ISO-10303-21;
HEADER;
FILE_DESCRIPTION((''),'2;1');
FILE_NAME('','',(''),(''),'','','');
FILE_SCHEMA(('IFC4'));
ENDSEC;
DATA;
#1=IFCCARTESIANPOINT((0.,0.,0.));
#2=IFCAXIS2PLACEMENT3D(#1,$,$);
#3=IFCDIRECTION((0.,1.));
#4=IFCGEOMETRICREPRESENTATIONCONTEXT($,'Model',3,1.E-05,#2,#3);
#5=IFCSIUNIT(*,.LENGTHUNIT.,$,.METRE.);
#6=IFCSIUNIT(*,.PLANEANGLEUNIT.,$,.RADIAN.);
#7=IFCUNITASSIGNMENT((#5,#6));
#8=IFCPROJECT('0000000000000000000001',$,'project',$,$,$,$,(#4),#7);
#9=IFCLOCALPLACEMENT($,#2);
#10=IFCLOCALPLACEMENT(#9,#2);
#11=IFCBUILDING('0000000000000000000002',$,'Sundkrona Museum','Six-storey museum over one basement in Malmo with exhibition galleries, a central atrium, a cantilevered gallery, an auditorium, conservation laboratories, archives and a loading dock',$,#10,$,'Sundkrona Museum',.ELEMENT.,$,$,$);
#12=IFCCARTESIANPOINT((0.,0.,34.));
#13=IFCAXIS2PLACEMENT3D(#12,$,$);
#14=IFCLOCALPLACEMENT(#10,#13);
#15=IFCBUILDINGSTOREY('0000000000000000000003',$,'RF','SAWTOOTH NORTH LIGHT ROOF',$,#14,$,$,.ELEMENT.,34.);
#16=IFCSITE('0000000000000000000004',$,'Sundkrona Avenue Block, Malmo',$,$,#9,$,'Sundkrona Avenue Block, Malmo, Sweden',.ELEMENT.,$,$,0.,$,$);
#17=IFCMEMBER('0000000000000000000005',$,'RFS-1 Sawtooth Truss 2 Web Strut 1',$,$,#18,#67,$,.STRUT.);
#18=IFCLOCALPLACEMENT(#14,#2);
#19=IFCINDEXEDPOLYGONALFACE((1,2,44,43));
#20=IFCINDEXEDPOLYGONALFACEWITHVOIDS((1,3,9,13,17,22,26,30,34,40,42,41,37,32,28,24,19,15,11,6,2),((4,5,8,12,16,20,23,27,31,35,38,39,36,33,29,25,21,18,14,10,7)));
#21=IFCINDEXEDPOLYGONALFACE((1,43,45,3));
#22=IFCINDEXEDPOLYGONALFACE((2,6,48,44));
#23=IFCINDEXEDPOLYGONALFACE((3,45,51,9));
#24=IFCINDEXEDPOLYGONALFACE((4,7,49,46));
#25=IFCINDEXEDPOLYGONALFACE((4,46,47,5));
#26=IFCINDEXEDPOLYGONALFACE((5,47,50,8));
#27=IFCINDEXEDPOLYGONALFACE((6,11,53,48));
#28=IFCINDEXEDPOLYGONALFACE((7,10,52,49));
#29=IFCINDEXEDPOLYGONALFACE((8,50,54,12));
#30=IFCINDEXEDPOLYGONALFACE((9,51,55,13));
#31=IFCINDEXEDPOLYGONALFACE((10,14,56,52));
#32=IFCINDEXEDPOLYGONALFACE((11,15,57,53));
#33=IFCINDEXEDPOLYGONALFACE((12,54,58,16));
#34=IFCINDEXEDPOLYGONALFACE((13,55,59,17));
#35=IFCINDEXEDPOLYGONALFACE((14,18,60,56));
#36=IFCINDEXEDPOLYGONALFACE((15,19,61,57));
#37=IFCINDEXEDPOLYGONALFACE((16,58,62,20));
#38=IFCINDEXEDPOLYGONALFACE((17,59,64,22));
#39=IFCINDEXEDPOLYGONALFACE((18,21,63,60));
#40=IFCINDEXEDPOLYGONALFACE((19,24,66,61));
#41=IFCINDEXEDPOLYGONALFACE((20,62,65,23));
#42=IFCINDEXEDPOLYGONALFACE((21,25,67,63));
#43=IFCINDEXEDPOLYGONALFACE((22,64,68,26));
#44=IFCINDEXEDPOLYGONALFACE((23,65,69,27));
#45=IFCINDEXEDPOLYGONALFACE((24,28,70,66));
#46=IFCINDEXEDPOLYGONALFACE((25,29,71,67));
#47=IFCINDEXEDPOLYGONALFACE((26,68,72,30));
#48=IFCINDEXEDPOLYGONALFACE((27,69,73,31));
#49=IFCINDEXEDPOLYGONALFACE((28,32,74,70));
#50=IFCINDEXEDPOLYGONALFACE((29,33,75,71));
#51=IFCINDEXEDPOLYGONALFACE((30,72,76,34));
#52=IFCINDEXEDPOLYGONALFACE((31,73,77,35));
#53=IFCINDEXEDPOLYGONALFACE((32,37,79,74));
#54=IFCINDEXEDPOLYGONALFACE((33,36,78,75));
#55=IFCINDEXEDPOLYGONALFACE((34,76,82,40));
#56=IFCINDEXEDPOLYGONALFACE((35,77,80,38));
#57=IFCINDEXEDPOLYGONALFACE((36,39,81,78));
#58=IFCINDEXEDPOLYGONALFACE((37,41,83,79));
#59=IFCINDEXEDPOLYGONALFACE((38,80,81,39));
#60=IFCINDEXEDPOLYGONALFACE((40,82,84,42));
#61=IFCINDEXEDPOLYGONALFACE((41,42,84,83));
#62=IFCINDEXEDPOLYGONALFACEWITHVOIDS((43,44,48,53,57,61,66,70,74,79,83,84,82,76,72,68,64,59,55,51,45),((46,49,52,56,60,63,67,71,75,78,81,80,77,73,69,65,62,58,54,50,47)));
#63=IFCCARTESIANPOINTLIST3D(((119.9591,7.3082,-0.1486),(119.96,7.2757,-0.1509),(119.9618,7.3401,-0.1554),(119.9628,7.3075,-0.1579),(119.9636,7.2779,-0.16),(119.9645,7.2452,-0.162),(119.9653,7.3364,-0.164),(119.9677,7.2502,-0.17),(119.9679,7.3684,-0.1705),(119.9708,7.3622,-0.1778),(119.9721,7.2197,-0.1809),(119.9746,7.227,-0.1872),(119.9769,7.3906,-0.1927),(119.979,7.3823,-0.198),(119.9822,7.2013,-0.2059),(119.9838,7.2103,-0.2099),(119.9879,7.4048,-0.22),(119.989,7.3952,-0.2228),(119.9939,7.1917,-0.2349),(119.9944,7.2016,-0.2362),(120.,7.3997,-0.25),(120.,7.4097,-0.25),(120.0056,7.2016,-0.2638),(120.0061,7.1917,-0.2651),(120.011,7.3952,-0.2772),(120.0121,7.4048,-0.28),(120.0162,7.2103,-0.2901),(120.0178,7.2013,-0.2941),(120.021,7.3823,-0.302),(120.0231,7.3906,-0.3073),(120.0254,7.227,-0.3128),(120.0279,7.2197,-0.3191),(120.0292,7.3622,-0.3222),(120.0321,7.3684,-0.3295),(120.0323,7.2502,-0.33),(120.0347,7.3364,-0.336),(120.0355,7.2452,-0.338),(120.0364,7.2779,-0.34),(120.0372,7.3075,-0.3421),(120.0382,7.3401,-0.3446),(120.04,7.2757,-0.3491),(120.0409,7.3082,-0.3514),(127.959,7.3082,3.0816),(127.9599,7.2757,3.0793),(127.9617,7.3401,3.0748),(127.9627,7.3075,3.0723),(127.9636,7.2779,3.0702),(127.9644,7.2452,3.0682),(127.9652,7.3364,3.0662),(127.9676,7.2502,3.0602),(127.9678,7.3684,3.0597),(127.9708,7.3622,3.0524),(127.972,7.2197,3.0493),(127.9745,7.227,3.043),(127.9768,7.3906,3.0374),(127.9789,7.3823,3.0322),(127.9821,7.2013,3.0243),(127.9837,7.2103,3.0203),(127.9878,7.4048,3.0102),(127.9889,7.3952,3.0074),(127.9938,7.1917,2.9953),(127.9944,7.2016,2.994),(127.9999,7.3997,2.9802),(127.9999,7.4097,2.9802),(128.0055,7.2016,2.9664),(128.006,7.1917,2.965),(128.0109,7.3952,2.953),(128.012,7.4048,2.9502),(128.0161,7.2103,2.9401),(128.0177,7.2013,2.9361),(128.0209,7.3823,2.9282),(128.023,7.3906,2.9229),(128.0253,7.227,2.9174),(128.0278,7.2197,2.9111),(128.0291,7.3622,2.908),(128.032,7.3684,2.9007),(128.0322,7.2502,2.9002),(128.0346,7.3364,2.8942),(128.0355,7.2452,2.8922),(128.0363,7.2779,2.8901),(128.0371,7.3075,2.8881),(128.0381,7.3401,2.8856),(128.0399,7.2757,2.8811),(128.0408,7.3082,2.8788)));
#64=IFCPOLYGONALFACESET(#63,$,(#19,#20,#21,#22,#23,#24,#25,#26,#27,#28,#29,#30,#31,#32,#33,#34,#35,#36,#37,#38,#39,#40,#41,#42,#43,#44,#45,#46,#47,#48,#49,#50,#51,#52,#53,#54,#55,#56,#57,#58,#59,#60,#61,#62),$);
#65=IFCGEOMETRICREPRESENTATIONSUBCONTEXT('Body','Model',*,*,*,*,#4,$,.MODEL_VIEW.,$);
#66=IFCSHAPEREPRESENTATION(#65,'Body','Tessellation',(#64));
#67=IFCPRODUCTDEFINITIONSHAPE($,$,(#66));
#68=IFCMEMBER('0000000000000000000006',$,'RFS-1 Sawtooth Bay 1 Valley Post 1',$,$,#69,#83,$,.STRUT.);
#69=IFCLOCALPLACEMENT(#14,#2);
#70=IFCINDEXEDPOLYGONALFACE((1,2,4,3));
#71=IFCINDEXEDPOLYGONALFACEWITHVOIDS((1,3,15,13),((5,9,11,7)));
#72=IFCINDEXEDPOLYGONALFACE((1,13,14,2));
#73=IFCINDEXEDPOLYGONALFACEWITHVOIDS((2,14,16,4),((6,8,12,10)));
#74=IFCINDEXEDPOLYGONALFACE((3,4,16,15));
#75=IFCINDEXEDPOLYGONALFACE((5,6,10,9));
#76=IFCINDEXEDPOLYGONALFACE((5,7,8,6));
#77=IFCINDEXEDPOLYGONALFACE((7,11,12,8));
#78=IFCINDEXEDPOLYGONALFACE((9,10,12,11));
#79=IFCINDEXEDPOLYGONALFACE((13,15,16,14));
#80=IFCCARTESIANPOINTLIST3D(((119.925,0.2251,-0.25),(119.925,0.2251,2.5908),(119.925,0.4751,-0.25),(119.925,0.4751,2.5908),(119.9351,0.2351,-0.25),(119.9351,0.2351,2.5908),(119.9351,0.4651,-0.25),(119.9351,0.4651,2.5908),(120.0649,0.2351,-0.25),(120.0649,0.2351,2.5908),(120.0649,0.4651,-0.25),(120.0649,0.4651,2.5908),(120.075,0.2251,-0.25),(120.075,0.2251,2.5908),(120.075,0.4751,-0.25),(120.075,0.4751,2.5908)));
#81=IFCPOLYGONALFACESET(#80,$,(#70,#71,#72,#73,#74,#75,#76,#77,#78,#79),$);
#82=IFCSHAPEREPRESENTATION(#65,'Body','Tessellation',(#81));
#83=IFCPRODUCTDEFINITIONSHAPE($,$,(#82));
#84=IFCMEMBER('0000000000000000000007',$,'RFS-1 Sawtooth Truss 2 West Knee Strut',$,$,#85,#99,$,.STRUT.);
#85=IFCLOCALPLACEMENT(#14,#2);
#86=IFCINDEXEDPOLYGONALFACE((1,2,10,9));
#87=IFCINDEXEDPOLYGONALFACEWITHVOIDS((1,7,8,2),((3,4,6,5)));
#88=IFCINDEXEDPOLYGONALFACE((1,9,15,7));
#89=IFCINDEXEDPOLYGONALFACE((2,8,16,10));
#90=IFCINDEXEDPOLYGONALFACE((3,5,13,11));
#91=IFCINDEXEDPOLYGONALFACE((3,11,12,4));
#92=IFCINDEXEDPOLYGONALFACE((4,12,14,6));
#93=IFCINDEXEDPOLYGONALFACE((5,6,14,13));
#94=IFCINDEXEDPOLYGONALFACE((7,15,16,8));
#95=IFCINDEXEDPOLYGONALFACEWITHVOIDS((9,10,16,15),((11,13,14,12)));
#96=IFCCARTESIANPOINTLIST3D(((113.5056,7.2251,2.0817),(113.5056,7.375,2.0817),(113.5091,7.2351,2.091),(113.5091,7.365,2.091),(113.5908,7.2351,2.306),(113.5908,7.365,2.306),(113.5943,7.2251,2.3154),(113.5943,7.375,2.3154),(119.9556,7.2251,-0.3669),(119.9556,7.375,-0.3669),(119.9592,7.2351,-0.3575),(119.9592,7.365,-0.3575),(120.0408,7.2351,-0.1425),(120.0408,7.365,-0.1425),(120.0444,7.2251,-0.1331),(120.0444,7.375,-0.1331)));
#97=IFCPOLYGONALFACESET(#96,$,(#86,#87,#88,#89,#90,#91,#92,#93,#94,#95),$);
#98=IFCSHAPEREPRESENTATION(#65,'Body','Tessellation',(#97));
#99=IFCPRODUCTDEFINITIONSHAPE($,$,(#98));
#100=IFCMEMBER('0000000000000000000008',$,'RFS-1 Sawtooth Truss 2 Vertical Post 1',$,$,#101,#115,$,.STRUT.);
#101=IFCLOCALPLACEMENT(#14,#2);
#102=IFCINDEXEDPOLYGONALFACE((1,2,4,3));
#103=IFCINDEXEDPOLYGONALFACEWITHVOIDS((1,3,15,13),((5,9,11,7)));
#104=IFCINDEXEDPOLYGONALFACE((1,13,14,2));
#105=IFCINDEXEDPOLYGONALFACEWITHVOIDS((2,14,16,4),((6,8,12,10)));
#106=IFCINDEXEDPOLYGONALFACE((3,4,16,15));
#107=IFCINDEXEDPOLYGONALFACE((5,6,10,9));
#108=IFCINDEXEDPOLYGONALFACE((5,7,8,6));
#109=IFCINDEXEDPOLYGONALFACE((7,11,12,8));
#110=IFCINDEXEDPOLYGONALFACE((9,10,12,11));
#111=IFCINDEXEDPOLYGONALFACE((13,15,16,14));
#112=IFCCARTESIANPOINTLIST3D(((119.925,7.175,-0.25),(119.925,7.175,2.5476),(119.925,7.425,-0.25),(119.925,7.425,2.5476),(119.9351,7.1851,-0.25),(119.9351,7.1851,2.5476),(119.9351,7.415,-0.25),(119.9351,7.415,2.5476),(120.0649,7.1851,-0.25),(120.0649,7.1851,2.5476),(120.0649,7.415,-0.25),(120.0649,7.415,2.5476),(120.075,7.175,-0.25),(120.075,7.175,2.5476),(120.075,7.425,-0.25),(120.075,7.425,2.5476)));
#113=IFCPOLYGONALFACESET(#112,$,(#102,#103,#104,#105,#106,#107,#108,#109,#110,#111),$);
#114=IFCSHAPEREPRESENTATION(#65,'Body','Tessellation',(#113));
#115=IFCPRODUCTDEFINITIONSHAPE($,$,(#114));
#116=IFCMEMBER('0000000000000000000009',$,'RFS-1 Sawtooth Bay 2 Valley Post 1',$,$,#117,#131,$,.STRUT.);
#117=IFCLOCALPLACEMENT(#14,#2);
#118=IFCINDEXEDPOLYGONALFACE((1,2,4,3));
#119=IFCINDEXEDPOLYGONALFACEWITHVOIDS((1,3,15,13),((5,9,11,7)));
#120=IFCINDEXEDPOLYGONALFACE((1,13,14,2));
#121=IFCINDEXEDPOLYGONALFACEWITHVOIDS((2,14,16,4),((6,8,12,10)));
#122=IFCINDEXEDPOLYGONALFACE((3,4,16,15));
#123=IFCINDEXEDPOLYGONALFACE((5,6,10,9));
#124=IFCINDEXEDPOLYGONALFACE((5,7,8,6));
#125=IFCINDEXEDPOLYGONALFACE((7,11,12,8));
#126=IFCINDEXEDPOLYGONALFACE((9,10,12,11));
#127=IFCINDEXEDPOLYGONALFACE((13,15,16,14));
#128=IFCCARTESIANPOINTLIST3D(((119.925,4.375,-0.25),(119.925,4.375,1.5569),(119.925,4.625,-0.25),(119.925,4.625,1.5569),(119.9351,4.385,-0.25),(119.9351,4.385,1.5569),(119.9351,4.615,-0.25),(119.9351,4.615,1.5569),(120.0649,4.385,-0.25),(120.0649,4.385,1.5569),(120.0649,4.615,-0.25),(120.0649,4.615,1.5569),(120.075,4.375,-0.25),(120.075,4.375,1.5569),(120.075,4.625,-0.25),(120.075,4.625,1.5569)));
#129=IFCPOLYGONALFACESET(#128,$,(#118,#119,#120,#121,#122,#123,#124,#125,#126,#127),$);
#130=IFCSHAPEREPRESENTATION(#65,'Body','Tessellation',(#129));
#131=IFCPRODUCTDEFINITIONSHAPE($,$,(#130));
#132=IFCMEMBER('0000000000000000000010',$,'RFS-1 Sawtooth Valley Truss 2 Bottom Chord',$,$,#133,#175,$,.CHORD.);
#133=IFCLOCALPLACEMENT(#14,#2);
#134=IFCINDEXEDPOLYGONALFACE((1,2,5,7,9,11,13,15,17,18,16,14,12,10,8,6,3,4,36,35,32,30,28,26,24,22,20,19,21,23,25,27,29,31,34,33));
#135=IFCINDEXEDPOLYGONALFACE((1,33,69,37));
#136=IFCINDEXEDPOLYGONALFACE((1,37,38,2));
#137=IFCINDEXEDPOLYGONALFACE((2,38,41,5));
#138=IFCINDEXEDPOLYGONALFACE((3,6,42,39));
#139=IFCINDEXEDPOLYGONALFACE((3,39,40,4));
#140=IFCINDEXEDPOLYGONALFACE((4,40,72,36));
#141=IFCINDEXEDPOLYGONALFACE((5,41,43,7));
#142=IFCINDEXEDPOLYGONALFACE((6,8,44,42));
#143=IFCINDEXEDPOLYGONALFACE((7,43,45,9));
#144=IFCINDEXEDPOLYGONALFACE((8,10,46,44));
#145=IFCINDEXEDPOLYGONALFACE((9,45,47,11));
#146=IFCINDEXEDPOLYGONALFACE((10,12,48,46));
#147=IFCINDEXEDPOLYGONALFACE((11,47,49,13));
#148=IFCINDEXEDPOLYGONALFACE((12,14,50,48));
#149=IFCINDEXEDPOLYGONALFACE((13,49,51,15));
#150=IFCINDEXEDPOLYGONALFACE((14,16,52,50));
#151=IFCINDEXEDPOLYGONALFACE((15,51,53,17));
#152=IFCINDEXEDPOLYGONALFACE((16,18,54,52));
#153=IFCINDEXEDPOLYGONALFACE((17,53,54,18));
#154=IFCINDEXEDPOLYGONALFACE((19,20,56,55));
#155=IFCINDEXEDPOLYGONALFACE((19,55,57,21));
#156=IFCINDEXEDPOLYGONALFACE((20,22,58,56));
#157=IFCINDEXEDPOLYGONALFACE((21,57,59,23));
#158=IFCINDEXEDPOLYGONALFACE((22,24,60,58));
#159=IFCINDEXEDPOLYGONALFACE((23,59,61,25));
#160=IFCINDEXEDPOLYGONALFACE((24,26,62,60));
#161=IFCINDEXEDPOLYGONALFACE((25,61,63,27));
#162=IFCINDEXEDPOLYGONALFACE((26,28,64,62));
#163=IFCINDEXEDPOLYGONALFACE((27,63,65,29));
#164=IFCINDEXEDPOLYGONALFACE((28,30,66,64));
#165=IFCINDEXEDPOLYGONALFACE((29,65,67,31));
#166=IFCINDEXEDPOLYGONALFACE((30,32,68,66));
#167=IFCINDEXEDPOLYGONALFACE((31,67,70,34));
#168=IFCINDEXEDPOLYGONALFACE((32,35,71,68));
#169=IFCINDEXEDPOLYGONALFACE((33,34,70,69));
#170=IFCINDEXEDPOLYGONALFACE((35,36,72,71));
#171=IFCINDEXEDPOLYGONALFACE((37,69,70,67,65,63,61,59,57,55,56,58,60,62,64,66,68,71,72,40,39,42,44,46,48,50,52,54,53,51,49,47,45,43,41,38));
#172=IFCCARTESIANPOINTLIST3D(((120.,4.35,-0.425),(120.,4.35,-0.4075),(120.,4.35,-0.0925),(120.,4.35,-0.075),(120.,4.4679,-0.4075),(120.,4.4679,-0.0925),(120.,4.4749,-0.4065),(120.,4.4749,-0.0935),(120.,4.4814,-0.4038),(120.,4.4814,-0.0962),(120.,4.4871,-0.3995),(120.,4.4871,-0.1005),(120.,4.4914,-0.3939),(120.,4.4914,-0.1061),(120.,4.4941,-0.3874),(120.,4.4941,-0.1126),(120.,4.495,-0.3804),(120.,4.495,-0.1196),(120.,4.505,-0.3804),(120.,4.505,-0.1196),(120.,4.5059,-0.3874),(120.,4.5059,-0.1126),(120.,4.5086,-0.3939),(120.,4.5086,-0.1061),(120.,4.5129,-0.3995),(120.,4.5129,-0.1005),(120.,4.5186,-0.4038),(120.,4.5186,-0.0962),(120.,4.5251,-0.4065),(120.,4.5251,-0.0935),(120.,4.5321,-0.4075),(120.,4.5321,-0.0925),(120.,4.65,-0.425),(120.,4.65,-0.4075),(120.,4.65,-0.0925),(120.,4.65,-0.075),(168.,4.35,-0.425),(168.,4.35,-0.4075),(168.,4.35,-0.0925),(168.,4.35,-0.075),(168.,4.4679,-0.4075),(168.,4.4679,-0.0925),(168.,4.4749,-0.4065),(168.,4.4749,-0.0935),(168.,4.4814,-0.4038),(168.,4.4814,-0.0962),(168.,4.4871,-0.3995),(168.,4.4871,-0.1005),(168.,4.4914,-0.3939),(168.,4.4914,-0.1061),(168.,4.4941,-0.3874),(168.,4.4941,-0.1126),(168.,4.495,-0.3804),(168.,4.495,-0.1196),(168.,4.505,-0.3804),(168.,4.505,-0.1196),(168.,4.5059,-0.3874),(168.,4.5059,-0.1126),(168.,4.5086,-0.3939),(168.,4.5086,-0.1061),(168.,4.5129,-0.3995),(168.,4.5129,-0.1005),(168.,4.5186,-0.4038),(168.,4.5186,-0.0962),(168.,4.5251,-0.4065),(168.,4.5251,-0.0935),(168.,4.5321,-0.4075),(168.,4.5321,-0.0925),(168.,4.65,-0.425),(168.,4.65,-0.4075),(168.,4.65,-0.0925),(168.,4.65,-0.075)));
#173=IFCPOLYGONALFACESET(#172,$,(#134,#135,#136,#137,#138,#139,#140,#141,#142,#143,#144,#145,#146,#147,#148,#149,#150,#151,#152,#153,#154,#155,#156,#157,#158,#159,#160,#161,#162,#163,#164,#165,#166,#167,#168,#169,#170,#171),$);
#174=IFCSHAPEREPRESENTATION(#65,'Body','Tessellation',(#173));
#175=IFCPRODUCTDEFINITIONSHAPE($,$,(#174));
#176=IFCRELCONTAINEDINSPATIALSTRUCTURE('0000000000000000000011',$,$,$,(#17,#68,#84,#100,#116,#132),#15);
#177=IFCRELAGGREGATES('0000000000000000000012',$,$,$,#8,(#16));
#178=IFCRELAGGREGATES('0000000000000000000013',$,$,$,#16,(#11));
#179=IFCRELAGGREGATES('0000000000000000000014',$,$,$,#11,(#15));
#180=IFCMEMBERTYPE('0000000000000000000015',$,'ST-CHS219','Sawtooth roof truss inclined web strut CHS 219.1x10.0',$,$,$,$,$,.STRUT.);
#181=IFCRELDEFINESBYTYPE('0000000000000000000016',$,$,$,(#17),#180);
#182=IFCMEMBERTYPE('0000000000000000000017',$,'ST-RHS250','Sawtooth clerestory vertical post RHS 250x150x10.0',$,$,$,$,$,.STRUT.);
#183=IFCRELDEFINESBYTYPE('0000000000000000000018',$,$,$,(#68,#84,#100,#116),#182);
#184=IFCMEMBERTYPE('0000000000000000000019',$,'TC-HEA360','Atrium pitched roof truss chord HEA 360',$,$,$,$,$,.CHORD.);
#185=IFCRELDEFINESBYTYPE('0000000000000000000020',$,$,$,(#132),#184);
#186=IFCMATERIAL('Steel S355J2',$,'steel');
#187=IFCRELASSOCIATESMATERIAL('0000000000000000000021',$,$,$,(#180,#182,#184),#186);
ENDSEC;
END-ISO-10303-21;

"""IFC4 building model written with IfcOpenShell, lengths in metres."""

from ifc_helpers import new_model, si_unit, direction, frame, origin, origin_2d, place, context, subcontext, project, spatial, hollow_rectangle, hollow_circle, i_section, extrude, material, material_profile, profile_set, type_object, element, save


model = new_model("IFC4")

# Units and contexts
model_context = context("Model", 3, precision=1e-05, world=origin(), true_north=direction((0.0, 1.0)))
body_context = subcontext(model_context, "Body", "Model", "MODEL_VIEW")
ifc_project = project(units=[si_unit("LENGTHUNIT", "METRE"), si_unit("PLANEANGLEUNIT", "RADIAN")], contexts=[model_context])

# Site, building, storey
site_placement = place(None, origin())
site = spatial("IfcSite", under=ifc_project, at=site_placement, Name="Sundkrona Avenue Block, Malmo", LongName="Sundkrona Avenue Block, Malmo, Sweden", CompositionType="ELEMENT", RefElevation=0.0)
building_placement = place(site_placement, origin())
building = spatial("IfcBuilding", under=site, at=building_placement, Name="Sundkrona Museum", Description="Six-storey museum over one basement in Malmo with exhibition galleries, a central atrium, a cantilevered gallery, an auditorium, conservation laboratories, archives and a loading dock", LongName="Sundkrona Museum", CompositionType="ELEMENT")
storey_placement = place(building_placement, frame((0.0, 0.0, 34.0)))
storey = spatial("IfcBuildingStorey", under=building, at=storey_placement, Name="RF", Description="SAWTOOTH NORTH LIGHT ROOF", CompositionType="ELEMENT", Elevation=34.0)

# Members
ifc_material_1 = material(Name="Steel S355J2", Category="steel")
ifc_material_profile_1 = material_profile(ifc_material_1, hollow_circle(Radius=0.1096, WallThickness=0.01, at=origin_2d()), Name="CHS 219.1x10.0")
ifc_profile_set_1 = profile_set([ifc_material_profile_1], Name="Steel S355J2")
member_type_1 = type_object("IfcMemberType", Name="ST-CHS219", Description="Sawtooth roof truss inclined web strut CHS 219.1x10.0", PredefinedType="STRUT", material=ifc_profile_set_1)
member_1_placement = place(storey_placement, frame((120.0, 7.3, -0.25), z_axis=(0.927264, 0.0, 0.374409), x_axis=(0.0, 1.0, 0.0)))
element("IfcMember", 1, at=member_1_placement, inside=storey, type_object=member_type_1, Name="RFS-1 Sawtooth Truss 2 Web Strut 1", PredefinedType="STRUT", context=body_context, shape_type="SweptSolid", body=[
    extrude(hollow_circle(Radius=0.1096, WallThickness=0.01, at=origin_2d()), origin(), (0.0, 0.0, 1.0), 8.6274),
])
ifc_material_profile_2 = material_profile(ifc_material_1, hollow_rectangle(XDim=0.1499, YDim=0.25, WallThickness=0.01, at=origin_2d()), Name="RHS 250x150x10.0")
ifc_profile_set_2 = profile_set([ifc_material_profile_2], Name="Steel S355J2")
member_type_2 = type_object("IfcMemberType", Name="ST-RHS250", Description="Sawtooth clerestory vertical post RHS 250x150x10.0", PredefinedType="STRUT", material=ifc_profile_set_2)
member_2_placement = place(storey_placement, frame((120.0, 0.3501, -0.25), z_axis=(0.0, 0.0, 1.0), x_axis=(1.0, 0.0, 0.0)))
element("IfcMember", 2, at=member_2_placement, inside=storey, type_object=member_type_2, Name="RFS-1 Sawtooth Bay 1 Valley Post 1", PredefinedType="STRUT", context=body_context, shape_type="SweptSolid", body=[
    extrude(hollow_rectangle(XDim=0.1499, YDim=0.25, WallThickness=0.01, at=origin_2d()), origin(), (0.0, 0.0, 1.0), 2.8408),
])
member_3_placement = place(storey_placement, frame((120.0, 7.3, -0.25), z_axis=(-0.934904, 0.0, 0.354902), x_axis=(0.0, -1.0, 0.0)))
element("IfcMember", 3, at=member_3_placement, inside=storey, type_object=member_type_2, Name="RFS-1 Sawtooth Truss 2 West Knee Strut", PredefinedType="STRUT", context=body_context, shape_type="SweptSolid", body=[
    extrude(hollow_rectangle(XDim=0.1499, YDim=0.25, WallThickness=0.01, at=origin_2d()), origin(), (0.0, 0.0, 1.0), 6.8992),
])
member_4_placement = place(storey_placement, frame((120.0, 7.3, -0.25), z_axis=(0.0, 0.0, 1.0), x_axis=(1.0, 0.0, 0.0)))
element("IfcMember", 4, at=member_4_placement, inside=storey, type_object=member_type_2, Name="RFS-1 Sawtooth Truss 2 Vertical Post 1", PredefinedType="STRUT", context=body_context, shape_type="SweptSolid", body=[
    extrude(hollow_rectangle(XDim=0.1499, YDim=0.25, WallThickness=0.01, at=origin_2d()), origin(), (0.0, 0.0, 1.0), 2.7976),
])
member_5_placement = place(storey_placement, frame((120.0, 4.5, -0.25), z_axis=(0.0, 0.0, 1.0), x_axis=(1.0, 0.0, 0.0)))
element("IfcMember", 5, at=member_5_placement, inside=storey, type_object=member_type_2, Name="RFS-1 Sawtooth Bay 2 Valley Post 1", PredefinedType="STRUT", context=body_context, shape_type="SweptSolid", body=[
    extrude(hollow_rectangle(XDim=0.1499, YDim=0.25, WallThickness=0.01, at=origin_2d()), origin(), (0.0, 0.0, 1.0), 1.8069),
])
ifc_material_profile_3 = material_profile(ifc_material_1, i_section(OverallWidth=0.3, OverallDepth=0.3501, WebThickness=0.01, FlangeThickness=0.0176, FilletRadius=0.0271, at=origin_2d()), Name="HEA 360")
ifc_profile_set_3 = profile_set([ifc_material_profile_3], Name="Steel S355J2")
member_type_3 = type_object("IfcMemberType", Name="TC-HEA360", Description="Atrium pitched roof truss chord HEA 360", PredefinedType="CHORD", material=ifc_profile_set_3)
member_6_placement = place(storey_placement, frame((120.0, 4.5, -0.25), z_axis=(1.0, 0.0, 0.0), x_axis=(0.0, 1.0, 0.0)))
element("IfcMember", 6, at=member_6_placement, inside=storey, type_object=member_type_3, Name="RFS-1 Sawtooth Valley Truss 2 Bottom Chord", PredefinedType="CHORD", context=body_context, shape_type="SweptSolid", body=[
    extrude(i_section(OverallWidth=0.3, OverallDepth=0.3501, WebThickness=0.01, FlangeThickness=0.0176, FilletRadius=0.0271, at=origin_2d()), origin(), (0.0, 0.0, 1.0), 48.0),
])

save(model, "model.ifc")
